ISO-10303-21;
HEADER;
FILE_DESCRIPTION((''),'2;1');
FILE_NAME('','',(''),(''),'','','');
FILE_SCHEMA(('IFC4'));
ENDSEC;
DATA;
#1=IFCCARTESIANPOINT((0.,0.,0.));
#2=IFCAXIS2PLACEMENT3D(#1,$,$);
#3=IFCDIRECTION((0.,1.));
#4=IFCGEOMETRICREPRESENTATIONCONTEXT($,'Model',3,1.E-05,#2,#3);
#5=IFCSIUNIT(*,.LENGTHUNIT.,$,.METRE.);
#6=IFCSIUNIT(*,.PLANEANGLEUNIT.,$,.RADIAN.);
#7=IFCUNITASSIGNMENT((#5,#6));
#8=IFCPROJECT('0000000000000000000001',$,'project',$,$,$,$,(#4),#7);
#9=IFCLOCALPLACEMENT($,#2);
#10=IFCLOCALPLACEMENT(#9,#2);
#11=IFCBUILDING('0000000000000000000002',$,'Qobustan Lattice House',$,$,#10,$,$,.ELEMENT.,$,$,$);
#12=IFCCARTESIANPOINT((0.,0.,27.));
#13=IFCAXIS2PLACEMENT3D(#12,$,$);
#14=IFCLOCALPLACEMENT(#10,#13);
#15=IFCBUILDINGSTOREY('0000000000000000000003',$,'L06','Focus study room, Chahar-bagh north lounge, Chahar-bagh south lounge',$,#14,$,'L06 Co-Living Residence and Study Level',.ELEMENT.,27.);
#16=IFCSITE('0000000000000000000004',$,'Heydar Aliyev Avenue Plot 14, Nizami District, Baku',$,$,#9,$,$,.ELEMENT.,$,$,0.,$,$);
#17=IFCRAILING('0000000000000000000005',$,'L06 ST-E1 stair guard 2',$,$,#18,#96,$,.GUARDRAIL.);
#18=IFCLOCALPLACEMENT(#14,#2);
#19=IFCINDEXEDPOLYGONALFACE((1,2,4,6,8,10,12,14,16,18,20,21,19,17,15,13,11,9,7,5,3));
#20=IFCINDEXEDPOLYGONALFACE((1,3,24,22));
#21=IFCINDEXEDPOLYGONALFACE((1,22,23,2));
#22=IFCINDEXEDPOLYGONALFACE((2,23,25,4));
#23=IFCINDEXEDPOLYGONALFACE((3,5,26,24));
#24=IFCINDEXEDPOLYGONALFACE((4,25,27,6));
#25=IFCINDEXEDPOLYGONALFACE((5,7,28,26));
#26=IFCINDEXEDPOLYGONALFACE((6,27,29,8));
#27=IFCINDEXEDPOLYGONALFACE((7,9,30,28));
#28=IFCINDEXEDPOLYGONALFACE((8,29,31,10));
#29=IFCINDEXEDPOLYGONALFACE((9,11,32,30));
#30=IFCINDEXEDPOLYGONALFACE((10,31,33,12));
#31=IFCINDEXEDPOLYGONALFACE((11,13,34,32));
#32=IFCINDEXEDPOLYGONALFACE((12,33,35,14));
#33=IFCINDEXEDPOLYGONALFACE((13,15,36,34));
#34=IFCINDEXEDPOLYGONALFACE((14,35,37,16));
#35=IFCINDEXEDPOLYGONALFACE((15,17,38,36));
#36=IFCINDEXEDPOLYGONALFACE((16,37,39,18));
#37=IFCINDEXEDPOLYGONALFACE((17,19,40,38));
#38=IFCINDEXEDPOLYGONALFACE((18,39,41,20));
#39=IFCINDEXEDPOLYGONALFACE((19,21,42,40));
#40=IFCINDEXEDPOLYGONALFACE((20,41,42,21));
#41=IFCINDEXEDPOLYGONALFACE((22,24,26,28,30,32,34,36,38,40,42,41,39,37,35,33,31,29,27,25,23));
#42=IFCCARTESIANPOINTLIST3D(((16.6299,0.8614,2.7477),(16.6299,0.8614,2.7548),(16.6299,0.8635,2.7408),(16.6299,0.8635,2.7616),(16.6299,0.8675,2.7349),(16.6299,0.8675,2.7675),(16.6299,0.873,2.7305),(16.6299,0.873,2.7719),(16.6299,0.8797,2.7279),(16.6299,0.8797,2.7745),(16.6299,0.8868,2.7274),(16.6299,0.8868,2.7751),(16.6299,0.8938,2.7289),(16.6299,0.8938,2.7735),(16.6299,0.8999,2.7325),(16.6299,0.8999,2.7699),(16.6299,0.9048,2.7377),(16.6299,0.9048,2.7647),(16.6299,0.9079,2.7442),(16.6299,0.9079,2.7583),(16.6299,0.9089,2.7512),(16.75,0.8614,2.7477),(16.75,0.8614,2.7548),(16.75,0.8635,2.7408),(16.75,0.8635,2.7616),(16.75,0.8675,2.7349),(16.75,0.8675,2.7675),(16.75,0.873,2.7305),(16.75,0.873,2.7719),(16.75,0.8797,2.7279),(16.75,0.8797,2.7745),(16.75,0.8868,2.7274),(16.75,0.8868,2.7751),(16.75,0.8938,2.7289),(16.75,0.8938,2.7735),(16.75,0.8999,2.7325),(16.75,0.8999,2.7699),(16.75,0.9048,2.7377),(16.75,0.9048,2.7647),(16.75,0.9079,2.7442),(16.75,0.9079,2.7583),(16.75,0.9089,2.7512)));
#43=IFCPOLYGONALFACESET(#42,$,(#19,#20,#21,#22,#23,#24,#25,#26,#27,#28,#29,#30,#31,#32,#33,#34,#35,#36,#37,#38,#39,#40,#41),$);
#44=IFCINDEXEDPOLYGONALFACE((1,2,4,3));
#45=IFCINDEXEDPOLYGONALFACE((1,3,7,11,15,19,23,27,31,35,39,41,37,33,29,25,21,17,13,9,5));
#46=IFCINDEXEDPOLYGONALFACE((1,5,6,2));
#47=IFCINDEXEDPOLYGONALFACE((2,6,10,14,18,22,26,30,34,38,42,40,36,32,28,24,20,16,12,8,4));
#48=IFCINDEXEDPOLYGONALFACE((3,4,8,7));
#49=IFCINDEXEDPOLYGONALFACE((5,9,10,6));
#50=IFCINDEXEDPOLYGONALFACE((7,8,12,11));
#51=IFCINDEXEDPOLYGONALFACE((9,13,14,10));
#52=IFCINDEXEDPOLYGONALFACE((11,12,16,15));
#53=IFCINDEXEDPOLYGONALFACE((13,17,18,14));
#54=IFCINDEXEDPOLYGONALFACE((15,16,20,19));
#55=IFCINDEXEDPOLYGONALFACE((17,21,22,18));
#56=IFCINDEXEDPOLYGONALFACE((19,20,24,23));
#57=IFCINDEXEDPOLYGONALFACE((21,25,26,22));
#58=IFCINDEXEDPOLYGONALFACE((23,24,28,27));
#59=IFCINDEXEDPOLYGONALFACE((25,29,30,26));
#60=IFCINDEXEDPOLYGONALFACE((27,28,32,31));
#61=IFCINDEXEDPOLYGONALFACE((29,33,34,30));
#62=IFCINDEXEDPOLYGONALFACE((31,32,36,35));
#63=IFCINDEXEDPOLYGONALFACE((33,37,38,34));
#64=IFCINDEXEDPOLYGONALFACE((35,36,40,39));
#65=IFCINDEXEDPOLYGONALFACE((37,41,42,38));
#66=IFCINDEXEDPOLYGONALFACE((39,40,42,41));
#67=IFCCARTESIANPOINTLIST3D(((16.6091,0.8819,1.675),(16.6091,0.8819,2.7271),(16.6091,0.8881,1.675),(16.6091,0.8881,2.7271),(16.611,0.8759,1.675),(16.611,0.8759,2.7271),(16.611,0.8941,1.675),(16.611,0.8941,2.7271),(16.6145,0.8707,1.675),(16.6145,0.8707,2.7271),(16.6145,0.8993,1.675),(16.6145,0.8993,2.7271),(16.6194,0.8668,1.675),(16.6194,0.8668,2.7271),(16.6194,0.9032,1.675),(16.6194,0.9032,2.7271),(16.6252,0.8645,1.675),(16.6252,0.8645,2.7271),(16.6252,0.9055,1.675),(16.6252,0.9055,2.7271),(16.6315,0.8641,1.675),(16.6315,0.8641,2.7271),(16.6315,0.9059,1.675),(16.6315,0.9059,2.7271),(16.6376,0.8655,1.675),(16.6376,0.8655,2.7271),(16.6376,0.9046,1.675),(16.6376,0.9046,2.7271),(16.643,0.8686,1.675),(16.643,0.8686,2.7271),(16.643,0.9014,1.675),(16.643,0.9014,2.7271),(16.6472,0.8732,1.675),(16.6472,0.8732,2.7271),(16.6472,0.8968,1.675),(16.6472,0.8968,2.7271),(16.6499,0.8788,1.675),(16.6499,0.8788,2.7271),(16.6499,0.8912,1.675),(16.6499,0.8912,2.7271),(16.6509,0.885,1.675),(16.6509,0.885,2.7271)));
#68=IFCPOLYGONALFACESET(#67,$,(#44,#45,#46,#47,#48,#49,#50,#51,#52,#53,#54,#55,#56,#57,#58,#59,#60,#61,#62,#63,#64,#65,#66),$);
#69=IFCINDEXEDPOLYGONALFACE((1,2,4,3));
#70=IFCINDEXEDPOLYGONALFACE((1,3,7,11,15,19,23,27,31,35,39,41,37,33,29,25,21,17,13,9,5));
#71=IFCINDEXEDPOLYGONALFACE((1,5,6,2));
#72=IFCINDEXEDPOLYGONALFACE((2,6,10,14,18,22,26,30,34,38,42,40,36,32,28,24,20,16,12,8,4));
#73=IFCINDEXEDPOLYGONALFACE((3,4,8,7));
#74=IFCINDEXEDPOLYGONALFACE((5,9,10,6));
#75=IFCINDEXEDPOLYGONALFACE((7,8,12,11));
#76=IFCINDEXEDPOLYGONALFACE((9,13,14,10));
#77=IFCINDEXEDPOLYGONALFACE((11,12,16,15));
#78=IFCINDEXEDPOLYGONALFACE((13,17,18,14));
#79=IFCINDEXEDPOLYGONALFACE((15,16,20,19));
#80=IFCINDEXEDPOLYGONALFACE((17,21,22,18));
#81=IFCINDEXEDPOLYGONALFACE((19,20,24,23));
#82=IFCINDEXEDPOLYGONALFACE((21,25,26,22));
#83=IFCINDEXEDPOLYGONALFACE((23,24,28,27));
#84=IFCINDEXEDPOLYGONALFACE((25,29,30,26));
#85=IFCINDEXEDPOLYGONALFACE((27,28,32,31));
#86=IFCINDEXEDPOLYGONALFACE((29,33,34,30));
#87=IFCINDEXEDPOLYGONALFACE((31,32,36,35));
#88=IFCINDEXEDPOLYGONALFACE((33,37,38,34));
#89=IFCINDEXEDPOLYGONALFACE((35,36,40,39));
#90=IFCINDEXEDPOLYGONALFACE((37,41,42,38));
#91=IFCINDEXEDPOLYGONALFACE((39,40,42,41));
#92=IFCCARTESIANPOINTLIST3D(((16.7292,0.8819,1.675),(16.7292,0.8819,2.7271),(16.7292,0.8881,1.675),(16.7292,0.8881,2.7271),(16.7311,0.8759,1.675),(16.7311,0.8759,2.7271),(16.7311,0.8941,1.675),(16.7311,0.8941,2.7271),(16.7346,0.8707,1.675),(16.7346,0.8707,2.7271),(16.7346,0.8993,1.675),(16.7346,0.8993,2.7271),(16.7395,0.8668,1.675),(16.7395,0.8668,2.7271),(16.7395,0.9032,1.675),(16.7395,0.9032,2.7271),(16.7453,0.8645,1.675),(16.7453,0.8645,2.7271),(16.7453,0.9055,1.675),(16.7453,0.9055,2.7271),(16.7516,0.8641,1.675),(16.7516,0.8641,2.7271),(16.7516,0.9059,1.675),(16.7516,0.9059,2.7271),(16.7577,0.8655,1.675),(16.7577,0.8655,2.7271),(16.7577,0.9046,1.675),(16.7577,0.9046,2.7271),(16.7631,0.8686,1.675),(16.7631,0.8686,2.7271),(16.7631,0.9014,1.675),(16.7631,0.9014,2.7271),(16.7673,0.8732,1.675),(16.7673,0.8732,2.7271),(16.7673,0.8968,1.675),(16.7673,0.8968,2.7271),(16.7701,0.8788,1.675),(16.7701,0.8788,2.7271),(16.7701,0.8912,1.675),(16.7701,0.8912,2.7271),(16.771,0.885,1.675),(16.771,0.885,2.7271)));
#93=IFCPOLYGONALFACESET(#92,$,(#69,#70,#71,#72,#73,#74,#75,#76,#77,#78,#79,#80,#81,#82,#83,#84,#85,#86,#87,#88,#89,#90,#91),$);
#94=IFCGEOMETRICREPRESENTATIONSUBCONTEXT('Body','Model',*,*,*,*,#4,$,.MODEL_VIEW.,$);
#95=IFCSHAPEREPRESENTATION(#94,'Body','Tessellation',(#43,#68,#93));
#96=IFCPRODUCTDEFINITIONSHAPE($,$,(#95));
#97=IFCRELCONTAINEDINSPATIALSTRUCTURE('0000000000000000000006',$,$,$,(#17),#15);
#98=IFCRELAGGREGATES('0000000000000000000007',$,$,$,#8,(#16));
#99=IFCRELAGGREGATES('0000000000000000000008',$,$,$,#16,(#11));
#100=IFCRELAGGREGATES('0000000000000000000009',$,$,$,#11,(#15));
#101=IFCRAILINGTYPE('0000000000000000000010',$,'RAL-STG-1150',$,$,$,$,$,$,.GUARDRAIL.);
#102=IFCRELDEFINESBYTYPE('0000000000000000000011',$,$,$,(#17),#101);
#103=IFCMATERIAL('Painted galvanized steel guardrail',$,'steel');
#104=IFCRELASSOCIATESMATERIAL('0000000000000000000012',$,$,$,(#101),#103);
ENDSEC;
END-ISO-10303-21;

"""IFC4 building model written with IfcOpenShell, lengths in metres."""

from ifc_helpers import new_model, si_unit, direction, frame, origin, origin_2d, place, context, subcontext, project, spatial, circle, extrude, material, type_object, element, save


model = new_model("IFC4")

# Units and contexts
model_context = context("Model", 3, precision=1e-05, world=origin(), true_north=direction((0.0, 1.0)))
body_context = subcontext(model_context, "Body", "Model", "MODEL_VIEW")
ifc_project = project(units=[si_unit("LENGTHUNIT", "METRE"), si_unit("PLANEANGLEUNIT", "RADIAN")], contexts=[model_context])

# Site, building, storey
site_placement = place(None, origin())
site = spatial("IfcSite", under=ifc_project, at=site_placement, Name="Heydar Aliyev Avenue Plot 14, Nizami District, Baku", CompositionType="ELEMENT", RefElevation=0.0)
building_placement = place(site_placement, origin())
building = spatial("IfcBuilding", under=site, at=building_placement, Name="Qobustan Lattice House", CompositionType="ELEMENT")
storey_placement = place(building_placement, frame((0.0, 0.0, 27.0)))
storey = spatial("IfcBuildingStorey", under=building, at=storey_placement, Name="L06", Description="Focus study room, Chahar-bagh north lounge, Chahar-bagh south lounge", LongName="L06 Co-Living Residence and Study Level", CompositionType="ELEMENT", Elevation=27.0)

# Railing
ifc_material_1 = material(Name="Painted galvanized steel guardrail", Category="steel")
railing_type_1 = type_object("IfcRailingType", Name="RAL-STG-1150", PredefinedType="GUARDRAIL", material=ifc_material_1)
railing_1_placement = place(storey_placement, frame((16.6299, 0.885, 1.675)))
element("IfcRailing", 1, at=railing_1_placement, inside=storey, type_object=railing_type_1, Name="L06 ST-E1 stair guard 2", PredefinedType="GUARDRAIL", context=body_context, shape_type="SweptSolid", body=[
    extrude(circle(Radius=0.0239, at=origin_2d()), frame((0.0, 0.0, 1.0762), z_axis=(1.0, 0.0, 0.0), x_axis=(0.0, 1.0, 0.0)), (0.0, 0.0, 1.0), 0.1201),
    extrude(circle(Radius=0.021, at=origin_2d()), origin(), (0.0, 0.0, 1.0), 1.052),
    extrude(circle(Radius=0.021, at=origin_2d()), frame((0.1201, 0.0, 0.0)), (0.0, 0.0, 1.0), 1.052),
])

save(model, "model.ifc")
